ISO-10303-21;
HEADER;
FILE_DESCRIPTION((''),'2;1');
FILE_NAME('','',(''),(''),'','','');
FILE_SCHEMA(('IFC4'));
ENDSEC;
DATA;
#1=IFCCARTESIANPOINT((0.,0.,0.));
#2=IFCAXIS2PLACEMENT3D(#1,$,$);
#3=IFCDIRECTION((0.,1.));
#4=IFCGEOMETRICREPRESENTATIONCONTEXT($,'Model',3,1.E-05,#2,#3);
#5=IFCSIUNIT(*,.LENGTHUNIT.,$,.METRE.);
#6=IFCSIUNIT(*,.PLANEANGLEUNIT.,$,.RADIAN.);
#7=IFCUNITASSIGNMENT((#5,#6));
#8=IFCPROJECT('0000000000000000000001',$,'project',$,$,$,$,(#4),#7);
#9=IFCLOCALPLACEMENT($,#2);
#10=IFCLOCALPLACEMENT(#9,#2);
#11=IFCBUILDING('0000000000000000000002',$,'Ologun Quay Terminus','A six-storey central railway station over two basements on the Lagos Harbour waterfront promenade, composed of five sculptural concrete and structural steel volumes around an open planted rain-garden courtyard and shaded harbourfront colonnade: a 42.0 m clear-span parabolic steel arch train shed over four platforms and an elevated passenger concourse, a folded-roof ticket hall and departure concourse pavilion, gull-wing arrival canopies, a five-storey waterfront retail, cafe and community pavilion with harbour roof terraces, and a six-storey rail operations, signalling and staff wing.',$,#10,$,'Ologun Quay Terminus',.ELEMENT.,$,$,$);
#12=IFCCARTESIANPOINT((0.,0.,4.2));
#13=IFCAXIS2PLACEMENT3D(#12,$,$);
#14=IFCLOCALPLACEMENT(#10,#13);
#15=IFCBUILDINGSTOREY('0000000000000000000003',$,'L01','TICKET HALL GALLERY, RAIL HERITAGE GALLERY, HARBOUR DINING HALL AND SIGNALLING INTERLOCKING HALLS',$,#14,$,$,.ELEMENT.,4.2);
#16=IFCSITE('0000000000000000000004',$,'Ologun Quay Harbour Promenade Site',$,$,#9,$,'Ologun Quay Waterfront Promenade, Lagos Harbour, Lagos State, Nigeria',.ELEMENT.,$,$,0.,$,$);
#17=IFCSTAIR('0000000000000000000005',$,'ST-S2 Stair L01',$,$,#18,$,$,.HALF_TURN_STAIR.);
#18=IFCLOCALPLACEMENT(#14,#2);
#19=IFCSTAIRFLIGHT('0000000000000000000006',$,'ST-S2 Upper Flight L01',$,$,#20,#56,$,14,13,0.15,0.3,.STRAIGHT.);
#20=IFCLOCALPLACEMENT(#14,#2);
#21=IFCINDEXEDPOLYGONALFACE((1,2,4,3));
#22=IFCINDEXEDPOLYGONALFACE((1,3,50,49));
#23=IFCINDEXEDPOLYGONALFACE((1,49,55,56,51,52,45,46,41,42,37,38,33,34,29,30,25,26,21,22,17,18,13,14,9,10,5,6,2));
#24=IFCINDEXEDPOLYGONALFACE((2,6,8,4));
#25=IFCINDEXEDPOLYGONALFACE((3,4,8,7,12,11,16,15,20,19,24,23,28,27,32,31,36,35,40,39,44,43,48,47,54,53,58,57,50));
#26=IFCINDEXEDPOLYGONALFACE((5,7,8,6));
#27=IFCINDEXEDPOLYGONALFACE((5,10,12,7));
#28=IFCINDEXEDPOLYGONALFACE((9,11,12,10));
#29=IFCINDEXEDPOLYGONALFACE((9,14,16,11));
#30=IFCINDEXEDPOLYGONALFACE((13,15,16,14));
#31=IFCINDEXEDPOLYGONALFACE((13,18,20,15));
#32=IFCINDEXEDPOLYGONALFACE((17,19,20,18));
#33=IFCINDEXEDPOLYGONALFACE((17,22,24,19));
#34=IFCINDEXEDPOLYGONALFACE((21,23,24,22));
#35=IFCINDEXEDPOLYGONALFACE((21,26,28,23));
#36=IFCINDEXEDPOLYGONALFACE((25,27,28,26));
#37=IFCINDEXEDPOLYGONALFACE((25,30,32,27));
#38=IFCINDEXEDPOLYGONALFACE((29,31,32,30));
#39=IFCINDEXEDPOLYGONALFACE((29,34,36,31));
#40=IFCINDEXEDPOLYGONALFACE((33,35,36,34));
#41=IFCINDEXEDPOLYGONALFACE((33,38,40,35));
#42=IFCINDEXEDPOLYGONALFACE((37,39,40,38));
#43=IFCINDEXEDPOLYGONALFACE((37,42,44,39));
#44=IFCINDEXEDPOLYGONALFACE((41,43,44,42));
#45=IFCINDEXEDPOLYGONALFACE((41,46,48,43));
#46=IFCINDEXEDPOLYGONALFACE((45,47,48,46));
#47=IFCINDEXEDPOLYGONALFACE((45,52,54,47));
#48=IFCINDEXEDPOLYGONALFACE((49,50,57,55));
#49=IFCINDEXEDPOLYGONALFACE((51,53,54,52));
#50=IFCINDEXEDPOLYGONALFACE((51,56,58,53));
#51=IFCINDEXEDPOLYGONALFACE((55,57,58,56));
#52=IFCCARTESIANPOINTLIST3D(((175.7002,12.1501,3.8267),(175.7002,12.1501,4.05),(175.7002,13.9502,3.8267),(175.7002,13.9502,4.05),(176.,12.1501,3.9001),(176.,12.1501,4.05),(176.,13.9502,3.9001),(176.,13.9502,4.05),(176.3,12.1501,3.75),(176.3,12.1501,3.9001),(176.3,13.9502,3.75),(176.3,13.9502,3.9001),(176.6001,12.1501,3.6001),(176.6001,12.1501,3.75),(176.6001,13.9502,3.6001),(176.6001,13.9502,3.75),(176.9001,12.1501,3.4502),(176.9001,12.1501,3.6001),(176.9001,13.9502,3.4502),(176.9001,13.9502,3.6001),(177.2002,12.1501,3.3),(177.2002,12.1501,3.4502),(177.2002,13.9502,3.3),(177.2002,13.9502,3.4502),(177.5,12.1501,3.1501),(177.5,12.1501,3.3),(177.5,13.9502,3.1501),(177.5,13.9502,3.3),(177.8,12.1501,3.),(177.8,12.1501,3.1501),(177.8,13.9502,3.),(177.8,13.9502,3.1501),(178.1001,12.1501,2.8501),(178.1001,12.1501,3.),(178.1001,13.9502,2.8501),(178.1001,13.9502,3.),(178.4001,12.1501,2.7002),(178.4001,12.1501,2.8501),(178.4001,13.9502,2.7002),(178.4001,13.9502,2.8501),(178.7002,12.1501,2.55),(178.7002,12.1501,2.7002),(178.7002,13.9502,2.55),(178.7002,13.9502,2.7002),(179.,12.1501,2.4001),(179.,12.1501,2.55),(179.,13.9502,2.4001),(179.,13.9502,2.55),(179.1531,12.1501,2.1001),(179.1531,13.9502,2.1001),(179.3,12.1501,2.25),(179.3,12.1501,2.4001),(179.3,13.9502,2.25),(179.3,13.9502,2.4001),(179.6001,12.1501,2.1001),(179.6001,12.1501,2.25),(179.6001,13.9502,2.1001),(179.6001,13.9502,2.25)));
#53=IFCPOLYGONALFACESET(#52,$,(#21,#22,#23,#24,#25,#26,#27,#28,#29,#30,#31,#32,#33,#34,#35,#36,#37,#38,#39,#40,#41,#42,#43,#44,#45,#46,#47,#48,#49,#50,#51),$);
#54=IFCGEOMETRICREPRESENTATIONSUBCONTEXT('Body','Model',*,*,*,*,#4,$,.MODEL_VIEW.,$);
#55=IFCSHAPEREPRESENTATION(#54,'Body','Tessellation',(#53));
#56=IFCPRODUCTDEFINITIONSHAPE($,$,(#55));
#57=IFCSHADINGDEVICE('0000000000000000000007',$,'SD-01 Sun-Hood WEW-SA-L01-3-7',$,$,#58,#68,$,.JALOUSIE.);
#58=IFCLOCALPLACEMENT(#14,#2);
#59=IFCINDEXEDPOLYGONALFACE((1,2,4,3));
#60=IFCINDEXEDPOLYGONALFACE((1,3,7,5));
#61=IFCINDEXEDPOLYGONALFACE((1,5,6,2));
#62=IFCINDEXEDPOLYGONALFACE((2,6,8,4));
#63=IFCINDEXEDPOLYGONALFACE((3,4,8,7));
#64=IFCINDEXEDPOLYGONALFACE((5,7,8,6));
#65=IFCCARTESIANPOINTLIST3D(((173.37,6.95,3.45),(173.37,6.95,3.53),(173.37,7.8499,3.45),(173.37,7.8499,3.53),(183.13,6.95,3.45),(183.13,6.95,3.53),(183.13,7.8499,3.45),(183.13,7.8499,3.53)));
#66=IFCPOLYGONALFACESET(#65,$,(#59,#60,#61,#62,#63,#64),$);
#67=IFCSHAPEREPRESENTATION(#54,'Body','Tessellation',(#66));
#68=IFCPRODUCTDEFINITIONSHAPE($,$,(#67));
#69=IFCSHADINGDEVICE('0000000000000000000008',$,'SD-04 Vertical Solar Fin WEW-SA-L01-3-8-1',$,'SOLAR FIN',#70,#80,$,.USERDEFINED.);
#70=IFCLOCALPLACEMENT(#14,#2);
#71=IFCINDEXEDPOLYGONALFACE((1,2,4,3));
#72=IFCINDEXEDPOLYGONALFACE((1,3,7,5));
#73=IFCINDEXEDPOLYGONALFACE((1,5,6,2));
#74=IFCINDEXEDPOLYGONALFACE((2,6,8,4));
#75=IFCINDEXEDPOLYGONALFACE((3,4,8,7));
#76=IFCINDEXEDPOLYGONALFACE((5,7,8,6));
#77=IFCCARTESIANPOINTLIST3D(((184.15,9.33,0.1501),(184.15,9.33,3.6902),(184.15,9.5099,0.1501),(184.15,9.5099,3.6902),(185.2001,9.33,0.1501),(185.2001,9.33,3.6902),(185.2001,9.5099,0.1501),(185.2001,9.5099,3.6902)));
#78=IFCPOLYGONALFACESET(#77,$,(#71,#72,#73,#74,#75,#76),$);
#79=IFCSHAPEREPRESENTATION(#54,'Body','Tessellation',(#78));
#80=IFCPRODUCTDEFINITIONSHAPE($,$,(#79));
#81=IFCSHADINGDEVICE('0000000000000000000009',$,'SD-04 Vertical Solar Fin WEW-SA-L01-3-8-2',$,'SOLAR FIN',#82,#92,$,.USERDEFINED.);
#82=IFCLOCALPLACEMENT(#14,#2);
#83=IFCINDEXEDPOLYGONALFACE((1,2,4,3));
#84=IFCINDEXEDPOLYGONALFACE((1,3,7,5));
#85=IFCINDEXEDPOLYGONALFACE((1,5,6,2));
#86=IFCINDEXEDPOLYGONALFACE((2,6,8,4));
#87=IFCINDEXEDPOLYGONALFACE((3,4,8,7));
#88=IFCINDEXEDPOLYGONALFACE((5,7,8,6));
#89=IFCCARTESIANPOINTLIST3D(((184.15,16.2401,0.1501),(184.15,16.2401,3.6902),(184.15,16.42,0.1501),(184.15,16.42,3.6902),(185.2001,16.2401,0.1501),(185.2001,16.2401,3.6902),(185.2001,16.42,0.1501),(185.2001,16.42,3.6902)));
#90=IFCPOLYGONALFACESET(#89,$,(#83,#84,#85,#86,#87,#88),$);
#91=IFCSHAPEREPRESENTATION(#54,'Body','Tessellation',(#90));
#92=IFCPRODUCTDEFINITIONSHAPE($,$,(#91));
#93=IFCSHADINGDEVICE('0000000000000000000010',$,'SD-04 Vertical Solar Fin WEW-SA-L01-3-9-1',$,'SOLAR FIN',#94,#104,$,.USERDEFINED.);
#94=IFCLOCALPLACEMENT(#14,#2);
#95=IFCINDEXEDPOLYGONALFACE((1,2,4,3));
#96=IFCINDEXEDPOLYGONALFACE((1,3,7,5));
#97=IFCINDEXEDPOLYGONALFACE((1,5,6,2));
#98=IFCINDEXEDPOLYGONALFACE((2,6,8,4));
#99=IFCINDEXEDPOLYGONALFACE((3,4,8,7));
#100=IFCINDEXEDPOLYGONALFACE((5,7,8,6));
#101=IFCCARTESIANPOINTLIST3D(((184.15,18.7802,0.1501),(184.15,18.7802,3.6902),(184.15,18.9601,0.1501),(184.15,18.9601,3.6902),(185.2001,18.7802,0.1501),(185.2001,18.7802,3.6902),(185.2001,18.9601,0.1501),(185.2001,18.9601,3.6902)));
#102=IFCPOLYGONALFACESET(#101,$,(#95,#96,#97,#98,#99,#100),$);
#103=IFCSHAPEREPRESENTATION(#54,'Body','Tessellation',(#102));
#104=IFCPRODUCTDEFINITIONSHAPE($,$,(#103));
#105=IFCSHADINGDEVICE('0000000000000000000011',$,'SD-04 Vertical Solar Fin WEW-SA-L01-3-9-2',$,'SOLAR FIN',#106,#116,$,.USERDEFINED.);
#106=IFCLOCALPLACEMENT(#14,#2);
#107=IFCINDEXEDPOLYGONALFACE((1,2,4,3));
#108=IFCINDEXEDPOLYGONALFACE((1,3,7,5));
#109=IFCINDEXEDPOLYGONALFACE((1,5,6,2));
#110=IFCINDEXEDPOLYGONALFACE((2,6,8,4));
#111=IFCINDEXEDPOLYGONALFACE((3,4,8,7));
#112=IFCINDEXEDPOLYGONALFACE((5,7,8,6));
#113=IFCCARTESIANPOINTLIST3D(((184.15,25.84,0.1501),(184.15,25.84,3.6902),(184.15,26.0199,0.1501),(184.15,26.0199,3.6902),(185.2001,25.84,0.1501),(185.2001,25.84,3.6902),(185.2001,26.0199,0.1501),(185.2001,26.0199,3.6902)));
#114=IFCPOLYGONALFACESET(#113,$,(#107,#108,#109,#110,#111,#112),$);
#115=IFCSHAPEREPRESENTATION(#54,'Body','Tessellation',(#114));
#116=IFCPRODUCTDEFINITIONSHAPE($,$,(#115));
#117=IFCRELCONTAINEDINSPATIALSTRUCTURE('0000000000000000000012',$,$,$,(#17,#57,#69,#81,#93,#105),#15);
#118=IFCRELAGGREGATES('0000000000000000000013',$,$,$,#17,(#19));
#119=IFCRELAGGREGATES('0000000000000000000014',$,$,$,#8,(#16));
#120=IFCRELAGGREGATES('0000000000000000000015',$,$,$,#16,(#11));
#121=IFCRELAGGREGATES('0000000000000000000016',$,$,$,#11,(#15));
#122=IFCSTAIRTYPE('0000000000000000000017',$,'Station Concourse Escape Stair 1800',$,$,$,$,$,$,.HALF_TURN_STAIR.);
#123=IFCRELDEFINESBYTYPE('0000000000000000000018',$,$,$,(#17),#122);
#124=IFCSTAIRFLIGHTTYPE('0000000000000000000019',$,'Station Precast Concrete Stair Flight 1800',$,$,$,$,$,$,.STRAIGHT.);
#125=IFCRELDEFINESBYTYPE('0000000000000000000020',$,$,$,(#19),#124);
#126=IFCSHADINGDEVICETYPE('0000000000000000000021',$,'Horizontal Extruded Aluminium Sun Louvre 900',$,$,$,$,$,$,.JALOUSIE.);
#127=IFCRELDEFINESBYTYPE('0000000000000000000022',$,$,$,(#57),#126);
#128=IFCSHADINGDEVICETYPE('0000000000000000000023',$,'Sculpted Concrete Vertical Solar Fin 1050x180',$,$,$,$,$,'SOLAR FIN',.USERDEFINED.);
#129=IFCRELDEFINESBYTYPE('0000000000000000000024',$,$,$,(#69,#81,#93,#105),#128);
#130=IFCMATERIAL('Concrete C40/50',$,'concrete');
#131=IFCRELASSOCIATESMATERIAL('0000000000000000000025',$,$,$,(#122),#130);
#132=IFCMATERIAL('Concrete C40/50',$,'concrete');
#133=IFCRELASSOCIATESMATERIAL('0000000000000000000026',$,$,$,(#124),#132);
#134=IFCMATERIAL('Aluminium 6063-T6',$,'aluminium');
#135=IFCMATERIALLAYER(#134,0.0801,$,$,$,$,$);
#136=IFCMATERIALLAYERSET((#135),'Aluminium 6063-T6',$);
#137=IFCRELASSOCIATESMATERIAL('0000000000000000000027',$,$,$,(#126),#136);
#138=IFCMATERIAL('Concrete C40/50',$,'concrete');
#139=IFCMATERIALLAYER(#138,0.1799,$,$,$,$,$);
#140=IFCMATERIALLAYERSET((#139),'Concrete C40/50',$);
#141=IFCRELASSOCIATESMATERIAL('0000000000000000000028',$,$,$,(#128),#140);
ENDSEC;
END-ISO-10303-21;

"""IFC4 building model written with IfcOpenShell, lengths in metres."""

from ifc_helpers import new_model, si_unit, direction, frame, origin, origin_2d, place, context, subcontext, project, spatial, polyline, rectangle, outline, extrude, material, layer, layer_set, type_object, element, aggregate, save


model = new_model("IFC4")

# Units and contexts
model_context = context("Model", 3, precision=1e-05, world=origin(), true_north=direction((0.0, 1.0)))
body_context = subcontext(model_context, "Body", "Model", "MODEL_VIEW")
ifc_project = project(units=[si_unit("LENGTHUNIT", "METRE"), si_unit("PLANEANGLEUNIT", "RADIAN")], contexts=[model_context])

# Site, building, storey
site_placement = place(None, origin())
site = spatial("IfcSite", under=ifc_project, at=site_placement, Name="Ologun Quay Harbour Promenade Site", LongName="Ologun Quay Waterfront Promenade, Lagos Harbour, Lagos State, Nigeria", CompositionType="ELEMENT", RefElevation=0.0)
building_placement = place(site_placement, origin())
building = spatial("IfcBuilding", under=site, at=building_placement, Name="Ologun Quay Terminus", Description="A six-storey central railway station over two basements on the Lagos Harbour waterfront promenade, composed of five sculptural concrete and structural steel volumes around an open planted rain-garden courtyard and shaded harbourfront colonnade: a 42.0 m clear-span parabolic steel arch train shed over four platforms and an elevated passenger concourse, a folded-roof ticket hall and departure concourse pavilion, gull-wing arrival canopies, a five-storey waterfront retail, cafe and community pavilion with harbour roof terraces, and a six-storey rail operations, signalling and staff wing.", LongName="Ologun Quay Terminus", CompositionType="ELEMENT")
storey_placement = place(building_placement, frame((0.0, 0.0, 4.2)))
storey = spatial("IfcBuildingStorey", under=building, at=storey_placement, Name="L01", Description="TICKET HALL GALLERY, RAIL HERITAGE GALLERY, HARBOUR DINING HALL AND SIGNALLING INTERLOCKING HALLS", CompositionType="ELEMENT", Elevation=4.2)

# Stair, stair flight
ifc_material_1 = material(Name="Concrete C40/50", Category="concrete")
stair_type = type_object("IfcStairType", Name="Station Concourse Escape Stair 1800", PredefinedType="HALF_TURN_STAIR", material=ifc_material_1)
stair_placement = place(storey_placement, origin())
stair = element("IfcStair", 1, at=stair_placement, inside=storey, type_object=stair_type, Name="ST-S2 Stair L01", PredefinedType="HALF_TURN_STAIR")
ifc_material_2 = material(Name="Concrete C40/50", Category="concrete")
stair_flight_type = type_object("IfcStairFlightType", Name="Station Precast Concrete Stair Flight 1800", PredefinedType="STRAIGHT", material=ifc_material_2)
stair_flight_1_placement = place(storey_placement, frame((179.6001, 13.05, 2.1001), z_axis=(0.0, 0.0, 1.0), x_axis=(-1.0, 0.0, 0.0)))
stair_flight_1 = element("IfcStairFlight", 2, at=stair_flight_1_placement, type_object=stair_flight_type, Name="ST-S2 Upper Flight L01", NumberOfRisers=14, NumberOfTreads=13, PredefinedType="STRAIGHT", RiserHeight=0.15, TreadLength=0.3, context=body_context, shape_type="SweptSolid", body=[
    extrude(outline(polyline([(0.0, 0.0), (0.0, 0.1499), (0.3, 0.1499), (0.3, 0.3), (0.6001, 0.3), (0.6001, 0.45), (0.8999, 0.45), (0.8999, 0.6001), (1.2, 0.6001), (1.2, 0.75), (1.5, 0.75), (1.5, 0.8999), (1.8, 0.8999), (1.8, 1.05), (2.1001, 1.05), (2.1001, 1.2), (2.3999, 1.2), (2.3999, 1.3501), (2.7, 1.3501), (2.7, 1.5), (3.0, 1.5), (3.0, 1.6499), (3.3, 1.6499), (3.3, 1.8), (3.6001, 1.8), (3.6001, 1.95), (3.8999, 1.95), (3.8999, 2.1001), (3.8999, 1.7266), (0.447, 0.0), (0.0, 0.0)])), frame((0.0, 0.8999, 0.0), z_axis=(0.0, -1.0, 0.0), x_axis=(1.0, 0.0, 0.0)), (0.0, 0.0, 1.0), 1.8),
])
aggregate(stair, [stair_flight_1])

# Shading devices
ifc_material_3 = material(Name="Aluminium 6063-T6", Category="aluminium")
ifc_layer_1 = layer(ifc_material_3, 0.0801)
ifc_layer_set_1 = layer_set([ifc_layer_1], Name="Aluminium 6063-T6")
shading_device_type_1 = type_object("IfcShadingDeviceType", Name="Horizontal Extruded Aluminium Sun Louvre 900", PredefinedType="JALOUSIE", material=ifc_layer_set_1)
shading_device_placement = place(storey_placement, frame((178.25, 7.3999, 3.45), z_axis=(0.0, 0.0, 1.0), x_axis=(1.0, 0.0, 0.0)))
element("IfcShadingDevice", 3, at=shading_device_placement, inside=storey, type_object=shading_device_type_1, Name="SD-01 Sun-Hood WEW-SA-L01-3-7", PredefinedType="JALOUSIE", context=body_context, shape_type="SweptSolid", body=[
    extrude(rectangle(XDim=9.76, YDim=0.8999, at=origin_2d()), origin(), (0.0, 0.0, 1.0), 0.0801),
])
ifc_material_4 = material(Name="Concrete C40/50", Category="concrete")
ifc_layer_2 = layer(ifc_material_4, 0.1799)
ifc_layer_set_2 = layer_set([ifc_layer_2], Name="Concrete C40/50")
shading_device_type_2 = type_object("IfcShadingDeviceType", Name="Sculpted Concrete Vertical Solar Fin 1050x180", ElementType="SOLAR FIN", PredefinedType="USERDEFINED", material=ifc_layer_set_2)
for number, where, z_axis, x_axis, name in (
    (4, (184.675, 9.4199, 0.1501), (0.0, 0.0, 1.0), (1.0, 0.0, 0.0), "SD-04 Vertical Solar Fin WEW-SA-L01-3-8-1"),
    (5, (184.675, 16.3301, 0.1501), (0.0, 0.0, 1.0), (1.0, 0.0, 0.0), "SD-04 Vertical Solar Fin WEW-SA-L01-3-8-2"),
    (6, (184.675, 18.8701, 0.1501), (0.0, 0.0, 1.0), (1.0, 0.0, 0.0), "SD-04 Vertical Solar Fin WEW-SA-L01-3-9-1"),
    (7, (184.675, 25.9299, 0.1501), (0.0, 0.0, 1.0), (1.0, 0.0, 0.0), "SD-04 Vertical Solar Fin WEW-SA-L01-3-9-2"),
):
    element("IfcShadingDevice", number, at=place(storey_placement, frame(where, z_axis=z_axis, x_axis=x_axis)), inside=storey, type_object=shading_device_type_2, Name=name, ObjectType="SOLAR FIN", PredefinedType="USERDEFINED", context=body_context, shape_type="SweptSolid", body=[
        extrude(rectangle(XDim=1.05, YDim=0.1799, at=origin_2d()), origin(), (0.0, 0.0, 1.0), 3.54),
    ])

save(model, "model.ifc")
